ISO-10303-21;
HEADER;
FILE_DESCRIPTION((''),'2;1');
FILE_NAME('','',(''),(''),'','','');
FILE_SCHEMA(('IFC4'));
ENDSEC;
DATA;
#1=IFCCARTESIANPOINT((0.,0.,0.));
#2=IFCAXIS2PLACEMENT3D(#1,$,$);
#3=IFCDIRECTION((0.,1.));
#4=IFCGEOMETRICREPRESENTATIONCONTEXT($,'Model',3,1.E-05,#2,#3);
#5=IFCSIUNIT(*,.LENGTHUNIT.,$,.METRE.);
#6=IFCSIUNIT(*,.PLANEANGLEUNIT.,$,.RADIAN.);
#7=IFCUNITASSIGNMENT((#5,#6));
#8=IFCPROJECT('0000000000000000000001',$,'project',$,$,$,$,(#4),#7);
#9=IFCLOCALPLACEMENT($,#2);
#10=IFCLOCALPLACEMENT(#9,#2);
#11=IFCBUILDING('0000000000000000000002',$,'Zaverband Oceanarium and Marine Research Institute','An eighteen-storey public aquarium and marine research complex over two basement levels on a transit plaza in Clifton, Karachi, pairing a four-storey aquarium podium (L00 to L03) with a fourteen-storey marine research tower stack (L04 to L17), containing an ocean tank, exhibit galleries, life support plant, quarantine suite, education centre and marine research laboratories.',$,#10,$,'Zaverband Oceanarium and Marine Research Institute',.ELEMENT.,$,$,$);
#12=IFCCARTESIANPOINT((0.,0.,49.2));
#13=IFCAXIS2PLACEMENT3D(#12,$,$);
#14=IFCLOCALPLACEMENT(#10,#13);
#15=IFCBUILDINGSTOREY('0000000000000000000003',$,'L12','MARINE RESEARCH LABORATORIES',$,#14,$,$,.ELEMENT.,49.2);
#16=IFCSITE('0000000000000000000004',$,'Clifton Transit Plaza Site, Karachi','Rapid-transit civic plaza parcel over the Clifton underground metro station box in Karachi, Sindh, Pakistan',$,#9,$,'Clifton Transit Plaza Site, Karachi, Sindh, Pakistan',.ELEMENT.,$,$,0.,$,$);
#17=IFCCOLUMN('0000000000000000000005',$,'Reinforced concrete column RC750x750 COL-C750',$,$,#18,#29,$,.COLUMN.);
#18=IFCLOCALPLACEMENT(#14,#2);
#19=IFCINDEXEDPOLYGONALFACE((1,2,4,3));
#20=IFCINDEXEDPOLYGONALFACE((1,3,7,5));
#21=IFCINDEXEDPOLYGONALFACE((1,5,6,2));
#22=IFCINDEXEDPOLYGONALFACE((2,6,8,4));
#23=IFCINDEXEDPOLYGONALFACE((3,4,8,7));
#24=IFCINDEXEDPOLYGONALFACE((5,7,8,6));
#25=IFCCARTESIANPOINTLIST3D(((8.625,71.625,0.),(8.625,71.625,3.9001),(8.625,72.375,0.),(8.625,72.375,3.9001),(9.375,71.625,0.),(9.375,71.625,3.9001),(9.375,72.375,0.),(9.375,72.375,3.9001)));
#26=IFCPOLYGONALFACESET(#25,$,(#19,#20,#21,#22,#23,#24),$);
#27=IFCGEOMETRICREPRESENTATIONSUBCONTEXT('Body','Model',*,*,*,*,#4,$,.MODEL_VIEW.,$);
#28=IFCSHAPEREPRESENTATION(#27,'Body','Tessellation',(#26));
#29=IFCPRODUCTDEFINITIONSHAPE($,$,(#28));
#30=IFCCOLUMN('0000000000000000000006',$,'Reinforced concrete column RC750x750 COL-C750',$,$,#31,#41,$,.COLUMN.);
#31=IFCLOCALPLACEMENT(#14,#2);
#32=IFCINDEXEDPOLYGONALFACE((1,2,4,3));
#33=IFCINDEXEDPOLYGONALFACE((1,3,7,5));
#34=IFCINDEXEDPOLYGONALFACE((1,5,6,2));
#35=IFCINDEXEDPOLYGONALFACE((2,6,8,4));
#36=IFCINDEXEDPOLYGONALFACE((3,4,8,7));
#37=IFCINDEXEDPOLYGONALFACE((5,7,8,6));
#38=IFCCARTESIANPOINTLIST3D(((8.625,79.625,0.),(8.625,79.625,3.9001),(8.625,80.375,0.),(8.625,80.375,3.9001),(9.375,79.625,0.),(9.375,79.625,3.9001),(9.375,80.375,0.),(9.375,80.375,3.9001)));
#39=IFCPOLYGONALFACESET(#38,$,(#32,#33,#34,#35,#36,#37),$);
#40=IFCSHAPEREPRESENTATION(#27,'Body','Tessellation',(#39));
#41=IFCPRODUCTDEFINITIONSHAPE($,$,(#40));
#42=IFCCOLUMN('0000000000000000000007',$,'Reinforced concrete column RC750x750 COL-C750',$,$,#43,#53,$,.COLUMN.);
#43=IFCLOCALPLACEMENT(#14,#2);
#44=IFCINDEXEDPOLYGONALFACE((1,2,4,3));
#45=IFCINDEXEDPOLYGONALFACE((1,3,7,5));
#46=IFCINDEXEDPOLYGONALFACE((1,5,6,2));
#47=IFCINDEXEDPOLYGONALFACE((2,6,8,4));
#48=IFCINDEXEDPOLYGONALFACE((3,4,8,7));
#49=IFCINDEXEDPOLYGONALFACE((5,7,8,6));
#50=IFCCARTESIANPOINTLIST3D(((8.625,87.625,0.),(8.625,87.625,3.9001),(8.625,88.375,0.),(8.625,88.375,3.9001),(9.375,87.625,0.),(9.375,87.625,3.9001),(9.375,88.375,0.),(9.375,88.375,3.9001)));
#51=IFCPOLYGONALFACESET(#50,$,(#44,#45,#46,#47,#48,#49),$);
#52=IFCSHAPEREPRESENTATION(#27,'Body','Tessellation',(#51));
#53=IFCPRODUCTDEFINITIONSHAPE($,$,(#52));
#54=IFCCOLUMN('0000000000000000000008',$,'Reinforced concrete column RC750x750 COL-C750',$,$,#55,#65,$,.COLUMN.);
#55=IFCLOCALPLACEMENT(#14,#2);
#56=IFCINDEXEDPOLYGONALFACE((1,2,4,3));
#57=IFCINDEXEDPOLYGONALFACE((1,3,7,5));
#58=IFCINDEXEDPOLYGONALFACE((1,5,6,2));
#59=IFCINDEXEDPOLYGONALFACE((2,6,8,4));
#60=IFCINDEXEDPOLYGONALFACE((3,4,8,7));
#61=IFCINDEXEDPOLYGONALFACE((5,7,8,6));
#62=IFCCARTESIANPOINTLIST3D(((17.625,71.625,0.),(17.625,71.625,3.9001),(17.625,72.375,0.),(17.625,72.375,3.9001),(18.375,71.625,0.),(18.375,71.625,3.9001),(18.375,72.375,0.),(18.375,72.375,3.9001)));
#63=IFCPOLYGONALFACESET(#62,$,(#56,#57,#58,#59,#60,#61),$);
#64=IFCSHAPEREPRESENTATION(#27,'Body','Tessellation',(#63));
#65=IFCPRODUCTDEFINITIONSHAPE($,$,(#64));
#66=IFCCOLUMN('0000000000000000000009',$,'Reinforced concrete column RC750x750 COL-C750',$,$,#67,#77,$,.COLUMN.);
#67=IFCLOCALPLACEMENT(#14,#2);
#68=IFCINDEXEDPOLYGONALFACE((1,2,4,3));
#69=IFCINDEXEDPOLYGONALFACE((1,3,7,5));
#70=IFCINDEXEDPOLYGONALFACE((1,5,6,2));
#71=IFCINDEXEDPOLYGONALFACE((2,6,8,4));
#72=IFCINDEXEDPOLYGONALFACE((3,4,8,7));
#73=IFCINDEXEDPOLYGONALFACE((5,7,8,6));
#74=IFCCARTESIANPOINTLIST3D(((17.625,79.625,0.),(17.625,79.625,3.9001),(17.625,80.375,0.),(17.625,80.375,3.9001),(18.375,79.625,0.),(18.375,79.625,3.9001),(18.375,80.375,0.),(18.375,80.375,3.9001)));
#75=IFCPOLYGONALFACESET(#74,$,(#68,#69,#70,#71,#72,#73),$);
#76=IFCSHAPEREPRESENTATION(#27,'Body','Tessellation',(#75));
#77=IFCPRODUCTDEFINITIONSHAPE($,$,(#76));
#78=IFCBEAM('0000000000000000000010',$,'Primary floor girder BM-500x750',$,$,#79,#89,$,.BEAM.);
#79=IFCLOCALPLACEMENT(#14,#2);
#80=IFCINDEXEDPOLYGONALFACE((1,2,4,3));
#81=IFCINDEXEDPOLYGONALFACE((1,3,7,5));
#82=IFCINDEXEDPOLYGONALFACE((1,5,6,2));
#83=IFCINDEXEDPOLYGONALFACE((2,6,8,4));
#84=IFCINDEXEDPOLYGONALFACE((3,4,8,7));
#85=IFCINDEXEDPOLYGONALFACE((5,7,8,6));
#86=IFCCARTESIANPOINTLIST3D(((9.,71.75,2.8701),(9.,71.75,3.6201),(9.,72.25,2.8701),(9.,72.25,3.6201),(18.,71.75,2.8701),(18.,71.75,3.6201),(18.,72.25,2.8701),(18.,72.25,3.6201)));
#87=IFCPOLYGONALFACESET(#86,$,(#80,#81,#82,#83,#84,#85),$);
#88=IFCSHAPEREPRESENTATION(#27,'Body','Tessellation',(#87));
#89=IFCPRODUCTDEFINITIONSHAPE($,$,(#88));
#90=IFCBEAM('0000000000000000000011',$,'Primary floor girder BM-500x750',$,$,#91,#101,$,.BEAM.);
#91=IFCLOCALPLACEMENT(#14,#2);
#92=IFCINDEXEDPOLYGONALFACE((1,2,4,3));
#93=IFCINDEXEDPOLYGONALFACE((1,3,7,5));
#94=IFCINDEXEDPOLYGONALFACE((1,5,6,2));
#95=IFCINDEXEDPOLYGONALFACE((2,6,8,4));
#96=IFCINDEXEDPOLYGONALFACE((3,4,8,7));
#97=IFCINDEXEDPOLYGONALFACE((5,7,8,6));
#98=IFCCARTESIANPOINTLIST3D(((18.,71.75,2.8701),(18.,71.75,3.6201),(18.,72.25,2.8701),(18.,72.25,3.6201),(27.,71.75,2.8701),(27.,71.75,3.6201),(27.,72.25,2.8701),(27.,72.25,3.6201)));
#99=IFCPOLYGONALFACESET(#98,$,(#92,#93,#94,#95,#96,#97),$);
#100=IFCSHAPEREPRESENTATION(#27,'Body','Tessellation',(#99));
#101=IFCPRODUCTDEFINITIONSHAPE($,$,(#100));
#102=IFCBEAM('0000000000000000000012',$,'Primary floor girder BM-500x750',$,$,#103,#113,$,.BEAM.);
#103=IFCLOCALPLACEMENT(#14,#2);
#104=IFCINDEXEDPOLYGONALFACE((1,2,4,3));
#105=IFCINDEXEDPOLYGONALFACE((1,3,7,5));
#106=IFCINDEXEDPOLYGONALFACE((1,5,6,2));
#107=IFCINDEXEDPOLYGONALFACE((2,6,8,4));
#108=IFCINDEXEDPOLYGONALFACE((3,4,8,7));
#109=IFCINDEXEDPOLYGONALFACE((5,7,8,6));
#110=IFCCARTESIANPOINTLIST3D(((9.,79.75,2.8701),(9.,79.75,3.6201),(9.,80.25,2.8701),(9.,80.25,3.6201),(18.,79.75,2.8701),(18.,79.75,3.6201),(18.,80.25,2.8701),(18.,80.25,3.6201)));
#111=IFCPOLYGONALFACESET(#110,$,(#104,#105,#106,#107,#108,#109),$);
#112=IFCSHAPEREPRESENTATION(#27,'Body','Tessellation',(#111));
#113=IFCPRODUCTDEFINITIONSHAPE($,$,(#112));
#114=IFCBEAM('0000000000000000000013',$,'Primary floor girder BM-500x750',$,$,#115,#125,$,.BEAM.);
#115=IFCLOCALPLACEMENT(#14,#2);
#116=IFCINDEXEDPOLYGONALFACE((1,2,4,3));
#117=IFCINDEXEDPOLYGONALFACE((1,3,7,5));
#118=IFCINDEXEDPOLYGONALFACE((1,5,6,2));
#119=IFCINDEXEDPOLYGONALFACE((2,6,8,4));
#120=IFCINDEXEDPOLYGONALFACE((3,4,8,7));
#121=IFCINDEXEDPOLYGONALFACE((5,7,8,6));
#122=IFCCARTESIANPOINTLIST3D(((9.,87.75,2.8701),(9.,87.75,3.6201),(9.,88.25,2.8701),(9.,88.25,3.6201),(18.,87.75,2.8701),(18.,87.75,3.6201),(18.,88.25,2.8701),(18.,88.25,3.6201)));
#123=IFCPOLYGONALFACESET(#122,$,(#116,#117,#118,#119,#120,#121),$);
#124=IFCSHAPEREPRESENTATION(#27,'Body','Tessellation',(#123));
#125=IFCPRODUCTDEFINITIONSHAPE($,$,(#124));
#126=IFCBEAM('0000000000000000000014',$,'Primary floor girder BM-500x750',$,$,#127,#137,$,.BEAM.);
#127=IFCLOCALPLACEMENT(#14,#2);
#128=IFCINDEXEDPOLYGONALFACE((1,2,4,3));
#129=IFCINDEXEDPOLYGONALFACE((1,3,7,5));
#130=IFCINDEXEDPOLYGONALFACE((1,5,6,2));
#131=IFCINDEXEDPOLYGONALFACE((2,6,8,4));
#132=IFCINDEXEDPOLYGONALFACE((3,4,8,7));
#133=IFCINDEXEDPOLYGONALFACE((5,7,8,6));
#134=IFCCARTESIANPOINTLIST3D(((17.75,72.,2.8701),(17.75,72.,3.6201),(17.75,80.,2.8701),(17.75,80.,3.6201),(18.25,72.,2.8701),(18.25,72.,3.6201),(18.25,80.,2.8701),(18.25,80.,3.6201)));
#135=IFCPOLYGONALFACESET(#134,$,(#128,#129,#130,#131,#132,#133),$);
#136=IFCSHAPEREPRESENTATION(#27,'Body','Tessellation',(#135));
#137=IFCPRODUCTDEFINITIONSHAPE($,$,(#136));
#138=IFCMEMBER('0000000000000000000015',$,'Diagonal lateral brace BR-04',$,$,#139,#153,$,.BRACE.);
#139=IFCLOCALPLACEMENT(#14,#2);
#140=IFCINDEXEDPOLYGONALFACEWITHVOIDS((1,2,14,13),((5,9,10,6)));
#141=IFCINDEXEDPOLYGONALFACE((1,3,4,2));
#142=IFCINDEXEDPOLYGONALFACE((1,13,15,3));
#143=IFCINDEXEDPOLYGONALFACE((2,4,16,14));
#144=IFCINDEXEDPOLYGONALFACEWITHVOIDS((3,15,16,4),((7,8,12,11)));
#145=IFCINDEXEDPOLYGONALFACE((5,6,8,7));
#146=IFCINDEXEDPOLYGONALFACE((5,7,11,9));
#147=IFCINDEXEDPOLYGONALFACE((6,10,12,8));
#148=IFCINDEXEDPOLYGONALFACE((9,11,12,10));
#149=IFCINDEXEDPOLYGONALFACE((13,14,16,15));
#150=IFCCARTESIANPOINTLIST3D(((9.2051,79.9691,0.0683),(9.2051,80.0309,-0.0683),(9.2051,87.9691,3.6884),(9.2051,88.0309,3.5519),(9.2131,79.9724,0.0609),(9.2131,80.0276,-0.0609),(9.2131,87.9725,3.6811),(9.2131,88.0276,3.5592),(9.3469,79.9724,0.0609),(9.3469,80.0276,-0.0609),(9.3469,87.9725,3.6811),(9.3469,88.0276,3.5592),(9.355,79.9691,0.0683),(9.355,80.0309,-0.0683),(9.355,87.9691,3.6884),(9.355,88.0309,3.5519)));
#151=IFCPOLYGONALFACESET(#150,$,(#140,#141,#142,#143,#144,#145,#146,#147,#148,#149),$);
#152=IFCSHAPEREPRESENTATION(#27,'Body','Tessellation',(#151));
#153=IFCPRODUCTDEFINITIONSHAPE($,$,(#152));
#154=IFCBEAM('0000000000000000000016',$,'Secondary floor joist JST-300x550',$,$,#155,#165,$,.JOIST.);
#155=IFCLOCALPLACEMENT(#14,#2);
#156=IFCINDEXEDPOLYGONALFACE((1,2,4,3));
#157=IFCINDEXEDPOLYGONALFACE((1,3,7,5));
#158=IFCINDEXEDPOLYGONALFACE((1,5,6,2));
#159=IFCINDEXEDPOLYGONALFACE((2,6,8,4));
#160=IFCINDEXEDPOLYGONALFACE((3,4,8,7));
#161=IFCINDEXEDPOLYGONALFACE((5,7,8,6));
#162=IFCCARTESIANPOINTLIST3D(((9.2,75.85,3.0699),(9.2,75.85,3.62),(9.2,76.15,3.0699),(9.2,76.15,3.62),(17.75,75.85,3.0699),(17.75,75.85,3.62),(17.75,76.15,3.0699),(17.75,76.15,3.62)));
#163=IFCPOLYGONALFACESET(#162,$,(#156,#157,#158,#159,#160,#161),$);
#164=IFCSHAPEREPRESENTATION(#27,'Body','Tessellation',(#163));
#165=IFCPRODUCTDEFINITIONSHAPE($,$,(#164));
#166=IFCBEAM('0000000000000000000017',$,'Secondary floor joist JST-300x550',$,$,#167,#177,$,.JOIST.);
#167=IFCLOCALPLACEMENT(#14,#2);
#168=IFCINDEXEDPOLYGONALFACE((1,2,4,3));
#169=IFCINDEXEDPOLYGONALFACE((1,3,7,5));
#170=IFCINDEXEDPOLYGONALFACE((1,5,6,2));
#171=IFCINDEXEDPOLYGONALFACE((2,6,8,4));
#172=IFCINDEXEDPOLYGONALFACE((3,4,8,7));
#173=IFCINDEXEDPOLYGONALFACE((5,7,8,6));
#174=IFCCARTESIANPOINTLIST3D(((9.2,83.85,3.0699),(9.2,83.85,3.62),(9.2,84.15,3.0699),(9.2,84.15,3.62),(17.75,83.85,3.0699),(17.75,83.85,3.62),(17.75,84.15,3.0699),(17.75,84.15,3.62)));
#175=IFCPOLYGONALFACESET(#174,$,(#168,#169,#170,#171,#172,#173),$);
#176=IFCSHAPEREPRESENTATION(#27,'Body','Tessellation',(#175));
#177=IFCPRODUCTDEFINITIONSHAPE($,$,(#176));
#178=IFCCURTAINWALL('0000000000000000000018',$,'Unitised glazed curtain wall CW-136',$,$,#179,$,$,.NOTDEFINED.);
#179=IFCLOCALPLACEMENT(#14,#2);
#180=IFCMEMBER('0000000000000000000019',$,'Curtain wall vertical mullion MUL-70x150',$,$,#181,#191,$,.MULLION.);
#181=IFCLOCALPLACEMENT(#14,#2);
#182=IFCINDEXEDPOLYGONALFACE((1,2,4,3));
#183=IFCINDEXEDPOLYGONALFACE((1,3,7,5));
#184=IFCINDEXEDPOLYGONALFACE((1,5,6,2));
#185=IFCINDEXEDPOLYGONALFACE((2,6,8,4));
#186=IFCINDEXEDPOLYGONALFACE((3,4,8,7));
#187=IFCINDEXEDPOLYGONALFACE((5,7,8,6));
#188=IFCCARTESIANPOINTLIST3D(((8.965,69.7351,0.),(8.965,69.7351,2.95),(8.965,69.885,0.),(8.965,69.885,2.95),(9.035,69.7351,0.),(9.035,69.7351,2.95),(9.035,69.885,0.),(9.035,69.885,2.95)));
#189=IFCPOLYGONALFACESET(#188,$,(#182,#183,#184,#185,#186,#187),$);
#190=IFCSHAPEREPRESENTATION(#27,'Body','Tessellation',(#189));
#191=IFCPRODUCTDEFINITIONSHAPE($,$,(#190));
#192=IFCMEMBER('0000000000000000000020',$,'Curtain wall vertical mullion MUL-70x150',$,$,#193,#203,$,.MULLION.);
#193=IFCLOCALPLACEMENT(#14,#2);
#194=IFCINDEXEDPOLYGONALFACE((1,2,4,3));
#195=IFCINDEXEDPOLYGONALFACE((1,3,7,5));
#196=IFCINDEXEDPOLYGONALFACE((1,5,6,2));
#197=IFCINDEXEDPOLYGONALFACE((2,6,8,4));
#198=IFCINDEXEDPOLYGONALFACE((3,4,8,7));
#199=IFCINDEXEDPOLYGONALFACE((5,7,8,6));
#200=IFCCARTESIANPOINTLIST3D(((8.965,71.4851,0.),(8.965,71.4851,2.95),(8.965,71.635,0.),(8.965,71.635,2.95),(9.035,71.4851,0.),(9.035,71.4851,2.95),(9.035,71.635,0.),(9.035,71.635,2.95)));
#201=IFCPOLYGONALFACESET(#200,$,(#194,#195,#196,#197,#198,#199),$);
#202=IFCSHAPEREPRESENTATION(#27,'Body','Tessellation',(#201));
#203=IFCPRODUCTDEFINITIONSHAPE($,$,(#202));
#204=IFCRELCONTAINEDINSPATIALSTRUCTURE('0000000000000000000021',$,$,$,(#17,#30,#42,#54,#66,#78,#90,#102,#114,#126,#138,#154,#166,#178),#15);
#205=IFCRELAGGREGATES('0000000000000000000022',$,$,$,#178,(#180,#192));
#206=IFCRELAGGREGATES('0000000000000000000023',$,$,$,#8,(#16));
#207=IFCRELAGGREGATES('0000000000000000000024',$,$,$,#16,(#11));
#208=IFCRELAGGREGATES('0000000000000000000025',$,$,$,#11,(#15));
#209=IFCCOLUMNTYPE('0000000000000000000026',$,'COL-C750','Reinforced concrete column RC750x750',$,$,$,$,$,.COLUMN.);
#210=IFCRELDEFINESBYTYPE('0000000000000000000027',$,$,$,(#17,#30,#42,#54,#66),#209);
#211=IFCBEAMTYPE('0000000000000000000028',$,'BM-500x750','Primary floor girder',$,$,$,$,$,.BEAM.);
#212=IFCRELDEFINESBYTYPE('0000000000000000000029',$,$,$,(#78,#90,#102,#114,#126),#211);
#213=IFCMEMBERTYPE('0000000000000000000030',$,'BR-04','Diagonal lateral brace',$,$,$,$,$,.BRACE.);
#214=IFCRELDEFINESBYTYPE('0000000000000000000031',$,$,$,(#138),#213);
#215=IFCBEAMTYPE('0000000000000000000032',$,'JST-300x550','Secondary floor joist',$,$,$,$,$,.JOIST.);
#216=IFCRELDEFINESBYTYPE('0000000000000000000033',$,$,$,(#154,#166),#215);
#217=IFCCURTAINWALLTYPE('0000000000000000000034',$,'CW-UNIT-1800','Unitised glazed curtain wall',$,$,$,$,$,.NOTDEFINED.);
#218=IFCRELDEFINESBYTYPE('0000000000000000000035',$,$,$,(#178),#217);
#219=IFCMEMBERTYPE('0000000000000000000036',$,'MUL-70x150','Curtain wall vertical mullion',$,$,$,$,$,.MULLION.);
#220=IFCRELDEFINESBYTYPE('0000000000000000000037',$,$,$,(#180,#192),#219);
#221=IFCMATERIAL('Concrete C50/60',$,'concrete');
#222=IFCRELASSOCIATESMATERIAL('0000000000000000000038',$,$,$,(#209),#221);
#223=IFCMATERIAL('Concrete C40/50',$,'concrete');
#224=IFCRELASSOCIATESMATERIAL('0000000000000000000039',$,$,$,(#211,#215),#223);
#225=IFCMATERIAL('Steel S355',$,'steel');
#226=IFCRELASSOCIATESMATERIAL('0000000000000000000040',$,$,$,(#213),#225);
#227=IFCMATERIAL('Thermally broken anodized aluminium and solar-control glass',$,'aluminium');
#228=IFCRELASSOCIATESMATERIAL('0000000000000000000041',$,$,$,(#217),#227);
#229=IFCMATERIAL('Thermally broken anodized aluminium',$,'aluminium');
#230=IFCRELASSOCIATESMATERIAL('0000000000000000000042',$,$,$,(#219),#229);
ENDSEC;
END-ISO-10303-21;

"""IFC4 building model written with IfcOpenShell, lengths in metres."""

from ifc_helpers import new_model, si_unit, direction, frame, origin, origin_2d, place, context, subcontext, project, spatial, rectangle, hollow_rectangle, extrude, material, material_profile, profile_set, type_object, element, aggregate, save


model = new_model("IFC4")

# Units and contexts
model_context = context("Model", 3, precision=1e-05, world=origin(), true_north=direction((0.0, 1.0)))
body_context = subcontext(model_context, "Body", "Model", "MODEL_VIEW")
ifc_project = project(units=[si_unit("LENGTHUNIT", "METRE"), si_unit("PLANEANGLEUNIT", "RADIAN")], contexts=[model_context])

# Site, building, storey
site_placement = place(None, origin())
site = spatial("IfcSite", under=ifc_project, at=site_placement, Name="Clifton Transit Plaza Site, Karachi", Description="Rapid-transit civic plaza parcel over the Clifton underground metro station box in Karachi, Sindh, Pakistan", LongName="Clifton Transit Plaza Site, Karachi, Sindh, Pakistan", CompositionType="ELEMENT", RefElevation=0.0)
building_placement = place(site_placement, origin())
building = spatial("IfcBuilding", under=site, at=building_placement, Name="Zaverband Oceanarium and Marine Research Institute", Description="An eighteen-storey public aquarium and marine research complex over two basement levels on a transit plaza in Clifton, Karachi, pairing a four-storey aquarium podium (L00 to L03) with a fourteen-storey marine research tower stack (L04 to L17), containing an ocean tank, exhibit galleries, life support plant, quarantine suite, education centre and marine research laboratories.", LongName="Zaverband Oceanarium and Marine Research Institute", CompositionType="ELEMENT")
storey_placement = place(building_placement, frame((0.0, 0.0, 49.2)))
storey = spatial("IfcBuildingStorey", under=building, at=storey_placement, Name="L12", Description="MARINE RESEARCH LABORATORIES", CompositionType="ELEMENT", Elevation=49.2)

# Columns
ifc_material_1 = material(Name="Concrete C50/60", Category="concrete")
ifc_material_profile_1 = material_profile(ifc_material_1, rectangle(XDim=0.75, YDim=0.75, at=origin_2d()), Name="RC750x750")
ifc_profile_set_1 = profile_set([ifc_material_profile_1], Name="Concrete C50/60")
column_type = type_object("IfcColumnType", Name="COL-C750", Description="Reinforced concrete column RC750x750", PredefinedType="COLUMN", material=ifc_profile_set_1)
for number, where, z_axis, x_axis, name in (
    (1, (9.0, 72.0, 0.0), (0.0, 0.0, 1.0), (1.0, 0.0, 0.0), "Reinforced concrete column RC750x750 COL-C750"),
    (2, (9.0, 80.0, 0.0), (0.0, 0.0, 1.0), (1.0, 0.0, 0.0), "Reinforced concrete column RC750x750 COL-C750"),
    (3, (9.0, 88.0, 0.0), (0.0, 0.0, 1.0), (1.0, 0.0, 0.0), "Reinforced concrete column RC750x750 COL-C750"),
    (4, (18.0, 72.0, 0.0), (0.0, 0.0, 1.0), (1.0, 0.0, 0.0), "Reinforced concrete column RC750x750 COL-C750"),
    (5, (18.0, 80.0, 0.0), (0.0, 0.0, 1.0), (1.0, 0.0, 0.0), "Reinforced concrete column RC750x750 COL-C750"),
):
    element("IfcColumn", number, at=place(storey_placement, frame(where, z_axis=z_axis, x_axis=x_axis)), inside=storey, type_object=column_type, Name=name, PredefinedType="COLUMN", context=body_context, shape_type="SweptSolid", body=[
        extrude(rectangle(XDim=0.75, YDim=0.75, at=origin_2d()), origin(), (0.0, 0.0, 1.0), 3.9001),
    ])

# Beams
ifc_material_2 = material(Name="Concrete C40/50", Category="concrete")
ifc_material_profile_2 = material_profile(ifc_material_2, rectangle(XDim=0.5, YDim=0.75, at=origin_2d()), Name="RC500x750")
ifc_profile_set_2 = profile_set([ifc_material_profile_2], Name="Concrete C40/50")
beam_type_1 = type_object("IfcBeamType", Name="BM-500x750", Description="Primary floor girder", PredefinedType="BEAM", material=ifc_profile_set_2)
for number, where, z_axis, x_axis, name in (
    (6, (9.0, 72.0, 3.2451), (1.0, 0.0, 0.0), (0.0, 1.0, 0.0), "Primary floor girder BM-500x750"),
    (7, (18.0, 72.0, 3.2451), (1.0, 0.0, 0.0), (0.0, 1.0, 0.0), "Primary floor girder BM-500x750"),
    (8, (9.0, 80.0, 3.2451), (1.0, 0.0, 0.0), (0.0, 1.0, 0.0), "Primary floor girder BM-500x750"),
    (9, (9.0, 88.0, 3.2451), (1.0, 0.0, 0.0), (0.0, 1.0, 0.0), "Primary floor girder BM-500x750"),
):
    element("IfcBeam", number, at=place(storey_placement, frame(where, z_axis=z_axis, x_axis=x_axis)), inside=storey, type_object=beam_type_1, Name=name, PredefinedType="BEAM", context=body_context, shape_type="SweptSolid", body=[
        extrude(rectangle(XDim=0.5, YDim=0.75, at=origin_2d()), origin(), (0.0, 0.0, 1.0), 9.0),
    ])
beam_placement = place(storey_placement, frame((18.0, 72.0, 3.2451), z_axis=(0.0, 1.0, 0.0), x_axis=(-1.0, 0.0, 0.0)))
element("IfcBeam", 10, at=beam_placement, inside=storey, type_object=beam_type_1, Name="Primary floor girder BM-500x750", PredefinedType="BEAM", context=body_context, shape_type="SweptSolid", body=[
    extrude(rectangle(XDim=0.5, YDim=0.75, at=origin_2d()), origin(), (0.0, 0.0, 1.0), 8.0),
])

# Member
ifc_material_3 = material(Name="Steel S355", Category="steel")
ifc_material_profile_3 = material_profile(ifc_material_3, hollow_rectangle(XDim=0.1499, YDim=0.1499, WallThickness=0.0081, at=origin_2d()), Name="SHS150x150x8")
ifc_profile_set_3 = profile_set([ifc_material_profile_3], Name="Steel S355")
member_type_1 = type_object("IfcMemberType", Name="BR-04", Description="Diagonal lateral brace", PredefinedType="BRACE", material=ifc_profile_set_3)
member_1_placement = place(storey_placement, frame((9.28, 80.0, 0.0), z_axis=(0.0, 0.911062, 0.412269), x_axis=(-1.0, 0.0, 0.0)))
element("IfcMember", 11, at=member_1_placement, inside=storey, type_object=member_type_1, Name="Diagonal lateral brace BR-04", PredefinedType="BRACE", context=body_context, shape_type="SweptSolid", body=[
    extrude(hollow_rectangle(XDim=0.1499, YDim=0.1499, WallThickness=0.0081, at=origin_2d()), origin(), (0.0, 0.0, 1.0), 8.781),
])

# Beams
ifc_material_profile_4 = material_profile(ifc_material_2, rectangle(XDim=0.3, YDim=0.55, at=origin_2d()), Name="RC300x550")
ifc_profile_set_4 = profile_set([ifc_material_profile_4], Name="Concrete C40/50")
beam_type_2 = type_object("IfcBeamType", Name="JST-300x550", Description="Secondary floor joist", PredefinedType="JOIST", material=ifc_profile_set_4)
for number, where, z_axis, x_axis, name in (
    (12, (9.2, 76.0, 3.345), (1.0, 0.0, 0.0), (0.0, 1.0, 0.0), "Secondary floor joist JST-300x550"),
    (13, (9.2, 84.0, 3.345), (1.0, 0.0, 0.0), (0.0, 1.0, 0.0), "Secondary floor joist JST-300x550"),
):
    element("IfcBeam", number, at=place(storey_placement, frame(where, z_axis=z_axis, x_axis=x_axis)), inside=storey, type_object=beam_type_2, Name=name, PredefinedType="JOIST", context=body_context, shape_type="SweptSolid", body=[
        extrude(rectangle(XDim=0.3, YDim=0.55, at=origin_2d()), origin(), (0.0, 0.0, 1.0), 8.55),
    ])

# Curtain wall, members
ifc_material_4 = material(Name="Thermally broken anodized aluminium and solar-control glass", Category="aluminium")
curtain_wall_type = type_object("IfcCurtainWallType", Name="CW-UNIT-1800", Description="Unitised glazed curtain wall", PredefinedType="NOTDEFINED", material=ifc_material_4)
curtain_wall_placement = place(storey_placement, origin())
curtain_wall = element("IfcCurtainWall", 14, at=curtain_wall_placement, inside=storey, type_object=curtain_wall_type, Name="Unitised glazed curtain wall CW-136", PredefinedType="NOTDEFINED")
ifc_material_5 = material(Name="Thermally broken anodized aluminium", Category="aluminium")
ifc_material_profile_5 = material_profile(ifc_material_5, rectangle(XDim=0.0701, YDim=0.1499, at=origin_2d()), Name="AL-MUL-70x150")
ifc_profile_set_5 = profile_set([ifc_material_profile_5], Name="Thermally broken anodized aluminium")
member_type_2 = type_object("IfcMemberType", Name="MUL-70x150", Description="Curtain wall vertical mullion", PredefinedType="MULLION", material=ifc_profile_set_5)
member_2_placement = place(storey_placement, frame((9.0, 69.8101, 0.0), z_axis=(0.0, 0.0, 1.0), x_axis=(1.0, 0.0, 0.0)))
member_2 = element("IfcMember", 15, at=member_2_placement, type_object=member_type_2, Name="Curtain wall vertical mullion MUL-70x150", PredefinedType="MULLION", context=body_context, shape_type="SweptSolid", body=[
    extrude(rectangle(XDim=0.0701, YDim=0.1499, at=origin_2d()), origin(), (0.0, 0.0, 1.0), 2.95),
])
member_3_placement = place(storey_placement, frame((9.0, 71.5601, 0.0), z_axis=(0.0, 0.0, 1.0), x_axis=(1.0, 0.0, 0.0)))
member_3 = element("IfcMember", 16, at=member_3_placement, type_object=member_type_2, Name="Curtain wall vertical mullion MUL-70x150", PredefinedType="MULLION", context=body_context, shape_type="SweptSolid", body=[
    extrude(rectangle(XDim=0.0701, YDim=0.1499, at=origin_2d()), origin(), (0.0, 0.0, 1.0), 2.95),
])

aggregate(curtain_wall, [member_2, member_3])

save(model, "model.ifc")
